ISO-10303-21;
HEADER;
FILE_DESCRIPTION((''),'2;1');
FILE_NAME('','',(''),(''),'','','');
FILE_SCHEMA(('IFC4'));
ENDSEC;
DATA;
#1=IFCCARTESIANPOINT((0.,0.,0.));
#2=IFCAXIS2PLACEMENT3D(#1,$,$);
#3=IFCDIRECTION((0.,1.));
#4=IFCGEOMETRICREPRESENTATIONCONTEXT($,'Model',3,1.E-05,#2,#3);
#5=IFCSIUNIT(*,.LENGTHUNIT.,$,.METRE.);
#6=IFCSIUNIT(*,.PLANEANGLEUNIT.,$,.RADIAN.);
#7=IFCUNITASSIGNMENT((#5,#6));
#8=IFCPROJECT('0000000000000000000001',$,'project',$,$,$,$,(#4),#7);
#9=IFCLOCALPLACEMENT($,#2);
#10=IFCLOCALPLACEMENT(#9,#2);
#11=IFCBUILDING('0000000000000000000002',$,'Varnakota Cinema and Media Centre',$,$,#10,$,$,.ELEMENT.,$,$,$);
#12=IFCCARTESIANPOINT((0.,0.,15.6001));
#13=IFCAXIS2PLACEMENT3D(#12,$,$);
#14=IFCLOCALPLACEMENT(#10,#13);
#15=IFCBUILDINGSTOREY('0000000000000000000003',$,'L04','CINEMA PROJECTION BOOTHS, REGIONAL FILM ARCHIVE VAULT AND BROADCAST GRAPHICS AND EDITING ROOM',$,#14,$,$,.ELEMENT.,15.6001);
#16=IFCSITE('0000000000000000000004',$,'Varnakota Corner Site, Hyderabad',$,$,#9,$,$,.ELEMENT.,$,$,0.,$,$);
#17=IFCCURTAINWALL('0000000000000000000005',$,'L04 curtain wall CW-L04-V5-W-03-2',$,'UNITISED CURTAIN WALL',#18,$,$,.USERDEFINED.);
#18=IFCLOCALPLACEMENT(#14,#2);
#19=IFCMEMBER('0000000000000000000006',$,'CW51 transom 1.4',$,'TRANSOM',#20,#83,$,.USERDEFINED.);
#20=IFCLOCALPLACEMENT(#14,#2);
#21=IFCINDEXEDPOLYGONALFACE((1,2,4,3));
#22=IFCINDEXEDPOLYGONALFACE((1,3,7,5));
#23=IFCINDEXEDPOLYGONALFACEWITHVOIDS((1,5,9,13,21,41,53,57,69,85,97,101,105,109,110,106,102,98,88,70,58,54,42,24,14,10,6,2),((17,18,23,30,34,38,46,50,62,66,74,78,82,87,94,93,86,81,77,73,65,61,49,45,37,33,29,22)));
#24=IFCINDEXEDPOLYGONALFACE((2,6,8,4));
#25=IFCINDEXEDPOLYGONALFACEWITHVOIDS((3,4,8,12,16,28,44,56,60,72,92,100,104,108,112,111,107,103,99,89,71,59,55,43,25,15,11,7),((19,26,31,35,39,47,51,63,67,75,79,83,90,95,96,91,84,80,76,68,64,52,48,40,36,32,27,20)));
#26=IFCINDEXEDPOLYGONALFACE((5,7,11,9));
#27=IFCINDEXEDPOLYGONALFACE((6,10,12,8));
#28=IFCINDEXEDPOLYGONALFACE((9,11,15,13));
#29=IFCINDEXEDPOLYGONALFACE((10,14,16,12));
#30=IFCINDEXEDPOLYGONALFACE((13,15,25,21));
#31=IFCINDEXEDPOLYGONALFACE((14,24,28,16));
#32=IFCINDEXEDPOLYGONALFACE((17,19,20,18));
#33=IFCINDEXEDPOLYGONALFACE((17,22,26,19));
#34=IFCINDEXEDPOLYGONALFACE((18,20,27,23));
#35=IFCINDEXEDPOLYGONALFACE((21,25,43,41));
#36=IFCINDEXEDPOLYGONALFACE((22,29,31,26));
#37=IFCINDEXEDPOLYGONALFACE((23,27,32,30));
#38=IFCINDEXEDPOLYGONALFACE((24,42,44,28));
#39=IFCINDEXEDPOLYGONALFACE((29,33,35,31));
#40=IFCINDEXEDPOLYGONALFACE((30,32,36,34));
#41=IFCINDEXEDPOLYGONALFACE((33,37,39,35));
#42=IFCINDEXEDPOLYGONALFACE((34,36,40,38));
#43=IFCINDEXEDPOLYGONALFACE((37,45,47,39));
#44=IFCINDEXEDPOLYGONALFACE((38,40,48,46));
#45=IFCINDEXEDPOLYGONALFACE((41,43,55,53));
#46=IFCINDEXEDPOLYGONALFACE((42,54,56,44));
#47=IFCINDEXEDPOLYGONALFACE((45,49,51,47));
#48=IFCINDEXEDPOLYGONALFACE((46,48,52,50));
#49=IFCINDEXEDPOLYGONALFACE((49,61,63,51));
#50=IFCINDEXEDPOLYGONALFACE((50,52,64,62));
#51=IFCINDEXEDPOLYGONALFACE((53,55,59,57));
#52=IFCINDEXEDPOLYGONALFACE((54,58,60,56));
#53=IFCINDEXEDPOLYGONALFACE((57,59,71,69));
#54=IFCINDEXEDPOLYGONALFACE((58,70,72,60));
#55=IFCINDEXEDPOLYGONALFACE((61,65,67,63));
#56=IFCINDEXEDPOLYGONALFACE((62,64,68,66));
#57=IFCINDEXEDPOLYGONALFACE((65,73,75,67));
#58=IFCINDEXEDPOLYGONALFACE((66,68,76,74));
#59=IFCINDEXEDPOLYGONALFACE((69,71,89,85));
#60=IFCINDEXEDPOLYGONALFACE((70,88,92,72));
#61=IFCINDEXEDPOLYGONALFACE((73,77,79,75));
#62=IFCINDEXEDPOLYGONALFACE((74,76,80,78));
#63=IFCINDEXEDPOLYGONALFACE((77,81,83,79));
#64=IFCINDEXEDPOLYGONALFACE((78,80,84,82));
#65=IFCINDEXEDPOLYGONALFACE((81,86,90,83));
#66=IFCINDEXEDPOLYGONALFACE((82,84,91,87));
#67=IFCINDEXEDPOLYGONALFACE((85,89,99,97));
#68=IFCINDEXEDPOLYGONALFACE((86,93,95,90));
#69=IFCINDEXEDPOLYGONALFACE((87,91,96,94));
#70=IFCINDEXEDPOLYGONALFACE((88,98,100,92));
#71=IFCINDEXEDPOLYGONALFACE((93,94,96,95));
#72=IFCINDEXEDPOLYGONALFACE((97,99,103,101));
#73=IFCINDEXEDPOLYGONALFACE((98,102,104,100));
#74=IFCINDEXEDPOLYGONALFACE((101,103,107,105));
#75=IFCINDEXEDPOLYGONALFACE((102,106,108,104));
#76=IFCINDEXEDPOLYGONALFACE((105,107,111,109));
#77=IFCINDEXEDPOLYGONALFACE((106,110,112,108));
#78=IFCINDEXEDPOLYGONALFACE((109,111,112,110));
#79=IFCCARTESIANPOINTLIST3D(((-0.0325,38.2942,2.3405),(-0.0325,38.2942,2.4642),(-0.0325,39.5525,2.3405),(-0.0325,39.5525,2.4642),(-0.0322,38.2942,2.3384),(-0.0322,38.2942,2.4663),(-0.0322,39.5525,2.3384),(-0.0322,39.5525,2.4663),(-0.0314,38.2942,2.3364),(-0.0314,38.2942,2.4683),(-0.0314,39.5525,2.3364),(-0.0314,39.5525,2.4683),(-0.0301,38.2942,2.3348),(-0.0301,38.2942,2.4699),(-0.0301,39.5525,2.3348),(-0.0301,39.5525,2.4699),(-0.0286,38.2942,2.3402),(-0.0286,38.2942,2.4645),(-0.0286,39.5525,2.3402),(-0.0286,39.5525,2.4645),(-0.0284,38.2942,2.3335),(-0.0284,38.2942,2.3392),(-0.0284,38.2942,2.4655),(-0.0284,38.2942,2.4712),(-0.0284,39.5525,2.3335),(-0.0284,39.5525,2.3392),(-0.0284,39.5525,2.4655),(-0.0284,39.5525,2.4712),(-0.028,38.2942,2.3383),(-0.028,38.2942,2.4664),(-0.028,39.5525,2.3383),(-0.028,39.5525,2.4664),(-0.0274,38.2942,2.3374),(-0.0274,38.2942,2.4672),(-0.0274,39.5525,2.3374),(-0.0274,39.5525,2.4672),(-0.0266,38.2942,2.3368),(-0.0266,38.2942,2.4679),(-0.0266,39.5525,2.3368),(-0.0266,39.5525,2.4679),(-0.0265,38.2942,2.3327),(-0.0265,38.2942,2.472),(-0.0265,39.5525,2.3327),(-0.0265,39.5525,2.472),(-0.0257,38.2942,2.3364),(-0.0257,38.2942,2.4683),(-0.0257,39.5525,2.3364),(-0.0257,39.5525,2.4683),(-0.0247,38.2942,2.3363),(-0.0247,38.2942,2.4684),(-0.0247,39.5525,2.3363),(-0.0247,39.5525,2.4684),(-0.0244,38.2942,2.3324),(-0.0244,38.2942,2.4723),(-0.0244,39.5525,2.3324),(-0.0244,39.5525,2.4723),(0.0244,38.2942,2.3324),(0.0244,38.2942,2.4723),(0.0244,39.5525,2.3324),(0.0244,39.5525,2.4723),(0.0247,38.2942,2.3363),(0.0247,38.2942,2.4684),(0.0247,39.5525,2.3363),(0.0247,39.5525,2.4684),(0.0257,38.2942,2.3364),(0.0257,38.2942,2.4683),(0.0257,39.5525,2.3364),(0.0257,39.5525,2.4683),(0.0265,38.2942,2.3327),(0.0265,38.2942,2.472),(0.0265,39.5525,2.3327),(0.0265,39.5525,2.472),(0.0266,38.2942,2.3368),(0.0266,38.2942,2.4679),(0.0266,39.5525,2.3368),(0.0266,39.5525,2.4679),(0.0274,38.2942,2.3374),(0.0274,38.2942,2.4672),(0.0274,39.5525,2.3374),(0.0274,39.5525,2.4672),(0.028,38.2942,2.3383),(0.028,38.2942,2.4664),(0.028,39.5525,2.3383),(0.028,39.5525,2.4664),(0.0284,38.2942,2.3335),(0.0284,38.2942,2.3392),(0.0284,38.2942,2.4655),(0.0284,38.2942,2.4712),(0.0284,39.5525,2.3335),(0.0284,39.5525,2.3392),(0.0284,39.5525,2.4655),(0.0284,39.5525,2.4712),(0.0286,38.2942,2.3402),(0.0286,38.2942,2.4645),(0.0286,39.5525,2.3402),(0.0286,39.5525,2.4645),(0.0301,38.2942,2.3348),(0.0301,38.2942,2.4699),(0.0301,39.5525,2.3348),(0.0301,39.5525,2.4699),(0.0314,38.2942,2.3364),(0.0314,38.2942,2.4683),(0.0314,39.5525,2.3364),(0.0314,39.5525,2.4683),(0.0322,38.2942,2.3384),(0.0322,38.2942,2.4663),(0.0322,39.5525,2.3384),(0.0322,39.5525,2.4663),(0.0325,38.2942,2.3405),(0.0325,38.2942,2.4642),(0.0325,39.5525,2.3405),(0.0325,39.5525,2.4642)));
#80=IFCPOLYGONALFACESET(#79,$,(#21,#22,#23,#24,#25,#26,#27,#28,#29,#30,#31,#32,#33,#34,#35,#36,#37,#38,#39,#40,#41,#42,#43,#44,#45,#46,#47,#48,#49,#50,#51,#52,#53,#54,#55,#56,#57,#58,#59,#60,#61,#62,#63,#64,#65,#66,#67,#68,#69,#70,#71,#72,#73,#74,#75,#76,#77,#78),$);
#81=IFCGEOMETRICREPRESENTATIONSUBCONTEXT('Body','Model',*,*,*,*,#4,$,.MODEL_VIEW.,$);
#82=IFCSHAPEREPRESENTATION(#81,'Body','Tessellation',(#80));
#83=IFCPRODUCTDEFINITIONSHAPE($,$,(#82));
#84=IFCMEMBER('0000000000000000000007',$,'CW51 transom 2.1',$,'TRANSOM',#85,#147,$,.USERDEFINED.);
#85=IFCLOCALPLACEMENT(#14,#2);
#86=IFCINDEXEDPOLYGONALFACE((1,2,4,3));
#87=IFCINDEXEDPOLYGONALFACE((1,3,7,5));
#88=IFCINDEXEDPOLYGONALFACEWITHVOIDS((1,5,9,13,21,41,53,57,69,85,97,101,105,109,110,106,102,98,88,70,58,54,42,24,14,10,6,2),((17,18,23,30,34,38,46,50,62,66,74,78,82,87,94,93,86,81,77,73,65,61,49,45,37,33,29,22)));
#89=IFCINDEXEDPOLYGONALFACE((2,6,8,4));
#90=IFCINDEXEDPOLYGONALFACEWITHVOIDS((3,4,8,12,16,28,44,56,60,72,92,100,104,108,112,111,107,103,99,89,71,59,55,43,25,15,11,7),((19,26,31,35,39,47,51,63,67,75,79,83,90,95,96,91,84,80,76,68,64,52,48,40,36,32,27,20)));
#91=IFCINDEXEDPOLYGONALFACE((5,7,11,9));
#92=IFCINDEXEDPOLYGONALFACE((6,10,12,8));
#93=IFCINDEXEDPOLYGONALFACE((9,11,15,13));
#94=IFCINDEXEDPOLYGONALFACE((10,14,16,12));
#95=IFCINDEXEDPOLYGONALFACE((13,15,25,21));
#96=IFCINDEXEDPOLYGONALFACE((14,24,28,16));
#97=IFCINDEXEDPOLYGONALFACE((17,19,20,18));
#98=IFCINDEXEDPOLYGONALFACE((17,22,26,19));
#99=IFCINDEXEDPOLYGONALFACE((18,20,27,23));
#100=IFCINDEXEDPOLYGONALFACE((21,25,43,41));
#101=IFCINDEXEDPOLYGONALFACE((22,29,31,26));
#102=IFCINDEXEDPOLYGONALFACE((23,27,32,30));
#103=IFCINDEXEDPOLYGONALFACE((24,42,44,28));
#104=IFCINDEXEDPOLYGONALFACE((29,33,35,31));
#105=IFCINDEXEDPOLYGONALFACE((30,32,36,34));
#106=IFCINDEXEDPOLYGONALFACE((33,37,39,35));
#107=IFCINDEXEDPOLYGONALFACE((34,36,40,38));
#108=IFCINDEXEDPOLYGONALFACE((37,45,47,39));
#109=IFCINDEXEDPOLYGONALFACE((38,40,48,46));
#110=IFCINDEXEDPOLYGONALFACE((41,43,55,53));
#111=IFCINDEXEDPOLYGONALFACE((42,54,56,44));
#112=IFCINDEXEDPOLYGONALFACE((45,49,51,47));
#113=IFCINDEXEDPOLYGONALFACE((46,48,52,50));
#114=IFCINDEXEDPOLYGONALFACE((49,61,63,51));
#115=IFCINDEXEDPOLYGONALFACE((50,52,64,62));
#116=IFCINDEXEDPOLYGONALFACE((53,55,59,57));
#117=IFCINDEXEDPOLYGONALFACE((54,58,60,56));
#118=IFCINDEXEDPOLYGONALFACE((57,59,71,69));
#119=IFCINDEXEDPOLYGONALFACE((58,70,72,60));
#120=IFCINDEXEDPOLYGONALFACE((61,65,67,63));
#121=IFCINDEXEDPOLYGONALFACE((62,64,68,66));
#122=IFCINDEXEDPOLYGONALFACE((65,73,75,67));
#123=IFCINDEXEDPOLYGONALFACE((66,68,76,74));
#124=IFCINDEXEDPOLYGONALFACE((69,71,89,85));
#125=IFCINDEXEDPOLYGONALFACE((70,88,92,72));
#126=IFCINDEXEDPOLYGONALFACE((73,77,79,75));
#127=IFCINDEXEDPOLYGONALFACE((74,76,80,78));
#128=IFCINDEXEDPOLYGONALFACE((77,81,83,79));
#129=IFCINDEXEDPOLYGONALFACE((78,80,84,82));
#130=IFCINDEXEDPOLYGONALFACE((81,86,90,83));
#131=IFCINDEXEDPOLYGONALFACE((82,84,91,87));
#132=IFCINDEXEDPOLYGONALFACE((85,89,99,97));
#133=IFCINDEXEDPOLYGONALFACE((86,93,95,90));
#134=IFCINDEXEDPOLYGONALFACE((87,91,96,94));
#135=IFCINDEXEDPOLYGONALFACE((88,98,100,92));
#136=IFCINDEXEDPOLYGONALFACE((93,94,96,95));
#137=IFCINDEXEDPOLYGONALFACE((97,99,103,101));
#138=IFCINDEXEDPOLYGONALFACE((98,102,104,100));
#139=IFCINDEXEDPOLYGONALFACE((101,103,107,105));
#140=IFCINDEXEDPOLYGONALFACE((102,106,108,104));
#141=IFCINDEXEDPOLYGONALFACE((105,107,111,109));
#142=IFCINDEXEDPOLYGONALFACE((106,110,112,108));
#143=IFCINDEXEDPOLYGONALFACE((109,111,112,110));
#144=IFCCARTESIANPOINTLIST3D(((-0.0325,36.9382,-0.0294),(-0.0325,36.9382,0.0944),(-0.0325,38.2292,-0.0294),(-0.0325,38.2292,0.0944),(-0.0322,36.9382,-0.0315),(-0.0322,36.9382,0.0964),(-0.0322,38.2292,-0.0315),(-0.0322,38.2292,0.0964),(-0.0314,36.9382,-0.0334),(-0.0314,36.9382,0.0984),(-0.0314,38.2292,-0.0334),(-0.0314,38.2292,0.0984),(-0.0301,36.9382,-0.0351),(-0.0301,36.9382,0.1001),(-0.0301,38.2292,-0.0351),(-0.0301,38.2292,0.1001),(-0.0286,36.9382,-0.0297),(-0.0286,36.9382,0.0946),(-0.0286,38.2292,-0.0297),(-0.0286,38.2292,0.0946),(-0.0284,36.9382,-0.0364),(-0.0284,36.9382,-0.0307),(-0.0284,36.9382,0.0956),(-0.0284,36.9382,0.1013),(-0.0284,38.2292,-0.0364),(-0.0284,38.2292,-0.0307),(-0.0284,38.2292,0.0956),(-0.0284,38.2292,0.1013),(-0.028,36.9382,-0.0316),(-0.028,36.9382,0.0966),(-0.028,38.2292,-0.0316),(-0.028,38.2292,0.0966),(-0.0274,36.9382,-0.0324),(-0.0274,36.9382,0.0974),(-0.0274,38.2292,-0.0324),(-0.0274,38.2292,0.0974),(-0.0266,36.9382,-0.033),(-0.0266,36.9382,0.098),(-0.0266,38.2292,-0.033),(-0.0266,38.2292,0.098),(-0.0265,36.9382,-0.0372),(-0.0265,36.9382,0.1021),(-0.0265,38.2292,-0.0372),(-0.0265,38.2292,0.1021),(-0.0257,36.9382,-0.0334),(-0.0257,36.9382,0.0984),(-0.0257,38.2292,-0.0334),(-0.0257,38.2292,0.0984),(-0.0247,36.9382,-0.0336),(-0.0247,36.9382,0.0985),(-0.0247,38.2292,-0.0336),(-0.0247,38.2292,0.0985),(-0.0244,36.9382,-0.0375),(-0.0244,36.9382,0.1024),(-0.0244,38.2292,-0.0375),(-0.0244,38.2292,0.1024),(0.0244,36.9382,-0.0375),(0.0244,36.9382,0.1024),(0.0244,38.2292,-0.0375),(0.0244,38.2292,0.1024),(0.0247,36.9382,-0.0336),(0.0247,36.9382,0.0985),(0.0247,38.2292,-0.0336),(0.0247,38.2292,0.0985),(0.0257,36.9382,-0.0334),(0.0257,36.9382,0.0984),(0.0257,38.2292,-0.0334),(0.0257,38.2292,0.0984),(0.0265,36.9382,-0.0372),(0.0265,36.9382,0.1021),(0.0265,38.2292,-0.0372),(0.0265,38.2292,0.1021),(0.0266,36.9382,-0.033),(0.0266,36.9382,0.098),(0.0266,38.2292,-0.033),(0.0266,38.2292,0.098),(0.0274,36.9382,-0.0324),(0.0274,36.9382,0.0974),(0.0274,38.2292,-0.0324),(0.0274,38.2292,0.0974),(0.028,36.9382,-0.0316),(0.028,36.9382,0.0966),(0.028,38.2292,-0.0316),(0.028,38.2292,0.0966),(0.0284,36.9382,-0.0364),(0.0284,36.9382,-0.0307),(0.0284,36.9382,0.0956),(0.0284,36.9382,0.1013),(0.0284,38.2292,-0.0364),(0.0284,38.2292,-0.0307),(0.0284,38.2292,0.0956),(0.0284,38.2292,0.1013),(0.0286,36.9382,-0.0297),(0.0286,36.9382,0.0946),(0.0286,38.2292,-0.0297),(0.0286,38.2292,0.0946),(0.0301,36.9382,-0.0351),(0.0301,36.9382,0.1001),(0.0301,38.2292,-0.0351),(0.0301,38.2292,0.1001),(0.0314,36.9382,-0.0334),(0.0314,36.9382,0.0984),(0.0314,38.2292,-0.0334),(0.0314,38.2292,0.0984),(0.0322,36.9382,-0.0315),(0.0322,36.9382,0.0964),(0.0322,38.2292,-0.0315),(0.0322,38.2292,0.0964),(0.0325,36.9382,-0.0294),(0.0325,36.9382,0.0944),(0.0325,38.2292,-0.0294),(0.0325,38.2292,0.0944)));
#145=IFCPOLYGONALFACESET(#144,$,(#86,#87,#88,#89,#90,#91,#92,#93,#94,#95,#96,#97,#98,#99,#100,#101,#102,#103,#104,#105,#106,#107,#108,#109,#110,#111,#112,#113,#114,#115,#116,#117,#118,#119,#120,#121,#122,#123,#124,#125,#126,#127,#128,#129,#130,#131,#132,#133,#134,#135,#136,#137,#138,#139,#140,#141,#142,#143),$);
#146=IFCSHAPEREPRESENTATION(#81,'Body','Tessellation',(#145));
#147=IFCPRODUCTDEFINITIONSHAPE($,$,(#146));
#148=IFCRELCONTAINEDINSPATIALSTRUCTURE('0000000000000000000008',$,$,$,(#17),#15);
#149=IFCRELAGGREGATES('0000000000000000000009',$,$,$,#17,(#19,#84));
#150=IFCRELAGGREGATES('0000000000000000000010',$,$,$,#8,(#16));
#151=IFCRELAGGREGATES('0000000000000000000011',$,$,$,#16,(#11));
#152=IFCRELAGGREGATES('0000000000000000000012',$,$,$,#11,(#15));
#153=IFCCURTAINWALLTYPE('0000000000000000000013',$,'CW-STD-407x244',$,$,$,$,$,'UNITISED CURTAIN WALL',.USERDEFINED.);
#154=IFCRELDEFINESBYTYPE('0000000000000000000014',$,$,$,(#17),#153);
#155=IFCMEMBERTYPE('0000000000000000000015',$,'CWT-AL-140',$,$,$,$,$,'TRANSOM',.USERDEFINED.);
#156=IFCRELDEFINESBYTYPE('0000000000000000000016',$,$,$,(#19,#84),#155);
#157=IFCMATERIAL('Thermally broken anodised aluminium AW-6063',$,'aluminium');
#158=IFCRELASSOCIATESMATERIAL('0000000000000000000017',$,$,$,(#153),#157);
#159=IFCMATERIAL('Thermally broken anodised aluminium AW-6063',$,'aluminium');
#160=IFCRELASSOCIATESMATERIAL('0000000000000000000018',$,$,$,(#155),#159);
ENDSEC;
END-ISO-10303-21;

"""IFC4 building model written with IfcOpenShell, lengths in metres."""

from ifc_helpers import new_model, si_unit, direction, frame, origin, origin_2d, place, context, subcontext, project, spatial, hollow_rectangle, extrude, material, material_profile, profile_set, type_object, element, aggregate, save


model = new_model("IFC4")

# Units and contexts
model_context = context("Model", 3, precision=1e-05, world=origin(), true_north=direction((0.0, 1.0)))
body_context = subcontext(model_context, "Body", "Model", "MODEL_VIEW")
ifc_project = project(units=[si_unit("LENGTHUNIT", "METRE"), si_unit("PLANEANGLEUNIT", "RADIAN")], contexts=[model_context])

# Site, building, storey
site_placement = place(None, origin())
site = spatial("IfcSite", under=ifc_project, at=site_placement, Name="Varnakota Corner Site, Hyderabad", CompositionType="ELEMENT", RefElevation=0.0)
building_placement = place(site_placement, origin())
building = spatial("IfcBuilding", under=site, at=building_placement, Name="Varnakota Cinema and Media Centre", CompositionType="ELEMENT")
storey_placement = place(building_placement, frame((0.0, 0.0, 15.6001)))
storey = spatial("IfcBuildingStorey", under=building, at=storey_placement, Name="L04", Description="CINEMA PROJECTION BOOTHS, REGIONAL FILM ARCHIVE VAULT AND BROADCAST GRAPHICS AND EDITING ROOM", CompositionType="ELEMENT", Elevation=15.6001)

# Shared definitions
ifc_material_1 = material(Name="Thermally broken anodised aluminium AW-6063", Category="aluminium")
curtain_wall_type = type_object("IfcCurtainWallType", Name="CW-STD-407x244", ElementType="UNITISED CURTAIN WALL", PredefinedType="USERDEFINED", material=ifc_material_1)

# Curtain wall, members
curtain_wall_1_placement = place(storey_placement, origin())
curtain_wall_1 = element("IfcCurtainWall", 1, at=curtain_wall_1_placement, inside=storey, type_object=curtain_wall_type, Name="L04 curtain wall CW-L04-V5-W-03-2", ObjectType="UNITISED CURTAIN WALL", PredefinedType="USERDEFINED")
ifc_material_2 = material(Name="Thermally broken anodised aluminium AW-6063", Category="aluminium")
ifc_material_profile_1 = material_profile(ifc_material_2, hollow_rectangle(XDim=0.0649, YDim=0.1399, WallThickness=0.0039, InnerFilletRadius=0.0039, OuterFilletRadius=0.0081, at=origin_2d()), Name="AL-TRANSOM 140x65x4")
ifc_profile_set_1 = profile_set([ifc_material_profile_1], Name="Thermally broken anodised aluminium AW-6063")
member_type_1 = type_object("IfcMemberType", Name="CWT-AL-140", ElementType="TRANSOM", PredefinedType="USERDEFINED", material=ifc_profile_set_1)
member_1_placement = place(storey_placement, frame((0.0, 39.5525, 2.4023), z_axis=(0.0, -1.0, 0.0), x_axis=(1.0, 0.0, 0.0)))
member_1 = element("IfcMember", 2, at=member_1_placement, type_object=member_type_1, Name="CW51 transom 1.4", ObjectType="TRANSOM", PredefinedType="USERDEFINED", context=body_context, shape_type="SweptSolid", body=[
    extrude(hollow_rectangle(XDim=0.0649, YDim=0.1399, WallThickness=0.0039, InnerFilletRadius=0.0039, OuterFilletRadius=0.0081, at=origin_2d()), origin(), (0.0, 0.0, 1.0), 1.2583),
])
member_2_placement = place(storey_placement, frame((0.0, 38.2292, 0.0325), z_axis=(0.0, -1.0, 0.0), x_axis=(1.0, 0.0, 0.0)))
member_2 = element("IfcMember", 3, at=member_2_placement, type_object=member_type_1, Name="CW51 transom 2.1", ObjectType="TRANSOM", PredefinedType="USERDEFINED", context=body_context, shape_type="SweptSolid", body=[
    extrude(hollow_rectangle(XDim=0.0649, YDim=0.1399, WallThickness=0.0039, InnerFilletRadius=0.0039, OuterFilletRadius=0.0081, at=origin_2d()), origin(), (0.0, 0.0, 1.0), 1.291),
])

aggregate(curtain_wall_1, [member_1, member_2])

save(model, "model.ifc")
